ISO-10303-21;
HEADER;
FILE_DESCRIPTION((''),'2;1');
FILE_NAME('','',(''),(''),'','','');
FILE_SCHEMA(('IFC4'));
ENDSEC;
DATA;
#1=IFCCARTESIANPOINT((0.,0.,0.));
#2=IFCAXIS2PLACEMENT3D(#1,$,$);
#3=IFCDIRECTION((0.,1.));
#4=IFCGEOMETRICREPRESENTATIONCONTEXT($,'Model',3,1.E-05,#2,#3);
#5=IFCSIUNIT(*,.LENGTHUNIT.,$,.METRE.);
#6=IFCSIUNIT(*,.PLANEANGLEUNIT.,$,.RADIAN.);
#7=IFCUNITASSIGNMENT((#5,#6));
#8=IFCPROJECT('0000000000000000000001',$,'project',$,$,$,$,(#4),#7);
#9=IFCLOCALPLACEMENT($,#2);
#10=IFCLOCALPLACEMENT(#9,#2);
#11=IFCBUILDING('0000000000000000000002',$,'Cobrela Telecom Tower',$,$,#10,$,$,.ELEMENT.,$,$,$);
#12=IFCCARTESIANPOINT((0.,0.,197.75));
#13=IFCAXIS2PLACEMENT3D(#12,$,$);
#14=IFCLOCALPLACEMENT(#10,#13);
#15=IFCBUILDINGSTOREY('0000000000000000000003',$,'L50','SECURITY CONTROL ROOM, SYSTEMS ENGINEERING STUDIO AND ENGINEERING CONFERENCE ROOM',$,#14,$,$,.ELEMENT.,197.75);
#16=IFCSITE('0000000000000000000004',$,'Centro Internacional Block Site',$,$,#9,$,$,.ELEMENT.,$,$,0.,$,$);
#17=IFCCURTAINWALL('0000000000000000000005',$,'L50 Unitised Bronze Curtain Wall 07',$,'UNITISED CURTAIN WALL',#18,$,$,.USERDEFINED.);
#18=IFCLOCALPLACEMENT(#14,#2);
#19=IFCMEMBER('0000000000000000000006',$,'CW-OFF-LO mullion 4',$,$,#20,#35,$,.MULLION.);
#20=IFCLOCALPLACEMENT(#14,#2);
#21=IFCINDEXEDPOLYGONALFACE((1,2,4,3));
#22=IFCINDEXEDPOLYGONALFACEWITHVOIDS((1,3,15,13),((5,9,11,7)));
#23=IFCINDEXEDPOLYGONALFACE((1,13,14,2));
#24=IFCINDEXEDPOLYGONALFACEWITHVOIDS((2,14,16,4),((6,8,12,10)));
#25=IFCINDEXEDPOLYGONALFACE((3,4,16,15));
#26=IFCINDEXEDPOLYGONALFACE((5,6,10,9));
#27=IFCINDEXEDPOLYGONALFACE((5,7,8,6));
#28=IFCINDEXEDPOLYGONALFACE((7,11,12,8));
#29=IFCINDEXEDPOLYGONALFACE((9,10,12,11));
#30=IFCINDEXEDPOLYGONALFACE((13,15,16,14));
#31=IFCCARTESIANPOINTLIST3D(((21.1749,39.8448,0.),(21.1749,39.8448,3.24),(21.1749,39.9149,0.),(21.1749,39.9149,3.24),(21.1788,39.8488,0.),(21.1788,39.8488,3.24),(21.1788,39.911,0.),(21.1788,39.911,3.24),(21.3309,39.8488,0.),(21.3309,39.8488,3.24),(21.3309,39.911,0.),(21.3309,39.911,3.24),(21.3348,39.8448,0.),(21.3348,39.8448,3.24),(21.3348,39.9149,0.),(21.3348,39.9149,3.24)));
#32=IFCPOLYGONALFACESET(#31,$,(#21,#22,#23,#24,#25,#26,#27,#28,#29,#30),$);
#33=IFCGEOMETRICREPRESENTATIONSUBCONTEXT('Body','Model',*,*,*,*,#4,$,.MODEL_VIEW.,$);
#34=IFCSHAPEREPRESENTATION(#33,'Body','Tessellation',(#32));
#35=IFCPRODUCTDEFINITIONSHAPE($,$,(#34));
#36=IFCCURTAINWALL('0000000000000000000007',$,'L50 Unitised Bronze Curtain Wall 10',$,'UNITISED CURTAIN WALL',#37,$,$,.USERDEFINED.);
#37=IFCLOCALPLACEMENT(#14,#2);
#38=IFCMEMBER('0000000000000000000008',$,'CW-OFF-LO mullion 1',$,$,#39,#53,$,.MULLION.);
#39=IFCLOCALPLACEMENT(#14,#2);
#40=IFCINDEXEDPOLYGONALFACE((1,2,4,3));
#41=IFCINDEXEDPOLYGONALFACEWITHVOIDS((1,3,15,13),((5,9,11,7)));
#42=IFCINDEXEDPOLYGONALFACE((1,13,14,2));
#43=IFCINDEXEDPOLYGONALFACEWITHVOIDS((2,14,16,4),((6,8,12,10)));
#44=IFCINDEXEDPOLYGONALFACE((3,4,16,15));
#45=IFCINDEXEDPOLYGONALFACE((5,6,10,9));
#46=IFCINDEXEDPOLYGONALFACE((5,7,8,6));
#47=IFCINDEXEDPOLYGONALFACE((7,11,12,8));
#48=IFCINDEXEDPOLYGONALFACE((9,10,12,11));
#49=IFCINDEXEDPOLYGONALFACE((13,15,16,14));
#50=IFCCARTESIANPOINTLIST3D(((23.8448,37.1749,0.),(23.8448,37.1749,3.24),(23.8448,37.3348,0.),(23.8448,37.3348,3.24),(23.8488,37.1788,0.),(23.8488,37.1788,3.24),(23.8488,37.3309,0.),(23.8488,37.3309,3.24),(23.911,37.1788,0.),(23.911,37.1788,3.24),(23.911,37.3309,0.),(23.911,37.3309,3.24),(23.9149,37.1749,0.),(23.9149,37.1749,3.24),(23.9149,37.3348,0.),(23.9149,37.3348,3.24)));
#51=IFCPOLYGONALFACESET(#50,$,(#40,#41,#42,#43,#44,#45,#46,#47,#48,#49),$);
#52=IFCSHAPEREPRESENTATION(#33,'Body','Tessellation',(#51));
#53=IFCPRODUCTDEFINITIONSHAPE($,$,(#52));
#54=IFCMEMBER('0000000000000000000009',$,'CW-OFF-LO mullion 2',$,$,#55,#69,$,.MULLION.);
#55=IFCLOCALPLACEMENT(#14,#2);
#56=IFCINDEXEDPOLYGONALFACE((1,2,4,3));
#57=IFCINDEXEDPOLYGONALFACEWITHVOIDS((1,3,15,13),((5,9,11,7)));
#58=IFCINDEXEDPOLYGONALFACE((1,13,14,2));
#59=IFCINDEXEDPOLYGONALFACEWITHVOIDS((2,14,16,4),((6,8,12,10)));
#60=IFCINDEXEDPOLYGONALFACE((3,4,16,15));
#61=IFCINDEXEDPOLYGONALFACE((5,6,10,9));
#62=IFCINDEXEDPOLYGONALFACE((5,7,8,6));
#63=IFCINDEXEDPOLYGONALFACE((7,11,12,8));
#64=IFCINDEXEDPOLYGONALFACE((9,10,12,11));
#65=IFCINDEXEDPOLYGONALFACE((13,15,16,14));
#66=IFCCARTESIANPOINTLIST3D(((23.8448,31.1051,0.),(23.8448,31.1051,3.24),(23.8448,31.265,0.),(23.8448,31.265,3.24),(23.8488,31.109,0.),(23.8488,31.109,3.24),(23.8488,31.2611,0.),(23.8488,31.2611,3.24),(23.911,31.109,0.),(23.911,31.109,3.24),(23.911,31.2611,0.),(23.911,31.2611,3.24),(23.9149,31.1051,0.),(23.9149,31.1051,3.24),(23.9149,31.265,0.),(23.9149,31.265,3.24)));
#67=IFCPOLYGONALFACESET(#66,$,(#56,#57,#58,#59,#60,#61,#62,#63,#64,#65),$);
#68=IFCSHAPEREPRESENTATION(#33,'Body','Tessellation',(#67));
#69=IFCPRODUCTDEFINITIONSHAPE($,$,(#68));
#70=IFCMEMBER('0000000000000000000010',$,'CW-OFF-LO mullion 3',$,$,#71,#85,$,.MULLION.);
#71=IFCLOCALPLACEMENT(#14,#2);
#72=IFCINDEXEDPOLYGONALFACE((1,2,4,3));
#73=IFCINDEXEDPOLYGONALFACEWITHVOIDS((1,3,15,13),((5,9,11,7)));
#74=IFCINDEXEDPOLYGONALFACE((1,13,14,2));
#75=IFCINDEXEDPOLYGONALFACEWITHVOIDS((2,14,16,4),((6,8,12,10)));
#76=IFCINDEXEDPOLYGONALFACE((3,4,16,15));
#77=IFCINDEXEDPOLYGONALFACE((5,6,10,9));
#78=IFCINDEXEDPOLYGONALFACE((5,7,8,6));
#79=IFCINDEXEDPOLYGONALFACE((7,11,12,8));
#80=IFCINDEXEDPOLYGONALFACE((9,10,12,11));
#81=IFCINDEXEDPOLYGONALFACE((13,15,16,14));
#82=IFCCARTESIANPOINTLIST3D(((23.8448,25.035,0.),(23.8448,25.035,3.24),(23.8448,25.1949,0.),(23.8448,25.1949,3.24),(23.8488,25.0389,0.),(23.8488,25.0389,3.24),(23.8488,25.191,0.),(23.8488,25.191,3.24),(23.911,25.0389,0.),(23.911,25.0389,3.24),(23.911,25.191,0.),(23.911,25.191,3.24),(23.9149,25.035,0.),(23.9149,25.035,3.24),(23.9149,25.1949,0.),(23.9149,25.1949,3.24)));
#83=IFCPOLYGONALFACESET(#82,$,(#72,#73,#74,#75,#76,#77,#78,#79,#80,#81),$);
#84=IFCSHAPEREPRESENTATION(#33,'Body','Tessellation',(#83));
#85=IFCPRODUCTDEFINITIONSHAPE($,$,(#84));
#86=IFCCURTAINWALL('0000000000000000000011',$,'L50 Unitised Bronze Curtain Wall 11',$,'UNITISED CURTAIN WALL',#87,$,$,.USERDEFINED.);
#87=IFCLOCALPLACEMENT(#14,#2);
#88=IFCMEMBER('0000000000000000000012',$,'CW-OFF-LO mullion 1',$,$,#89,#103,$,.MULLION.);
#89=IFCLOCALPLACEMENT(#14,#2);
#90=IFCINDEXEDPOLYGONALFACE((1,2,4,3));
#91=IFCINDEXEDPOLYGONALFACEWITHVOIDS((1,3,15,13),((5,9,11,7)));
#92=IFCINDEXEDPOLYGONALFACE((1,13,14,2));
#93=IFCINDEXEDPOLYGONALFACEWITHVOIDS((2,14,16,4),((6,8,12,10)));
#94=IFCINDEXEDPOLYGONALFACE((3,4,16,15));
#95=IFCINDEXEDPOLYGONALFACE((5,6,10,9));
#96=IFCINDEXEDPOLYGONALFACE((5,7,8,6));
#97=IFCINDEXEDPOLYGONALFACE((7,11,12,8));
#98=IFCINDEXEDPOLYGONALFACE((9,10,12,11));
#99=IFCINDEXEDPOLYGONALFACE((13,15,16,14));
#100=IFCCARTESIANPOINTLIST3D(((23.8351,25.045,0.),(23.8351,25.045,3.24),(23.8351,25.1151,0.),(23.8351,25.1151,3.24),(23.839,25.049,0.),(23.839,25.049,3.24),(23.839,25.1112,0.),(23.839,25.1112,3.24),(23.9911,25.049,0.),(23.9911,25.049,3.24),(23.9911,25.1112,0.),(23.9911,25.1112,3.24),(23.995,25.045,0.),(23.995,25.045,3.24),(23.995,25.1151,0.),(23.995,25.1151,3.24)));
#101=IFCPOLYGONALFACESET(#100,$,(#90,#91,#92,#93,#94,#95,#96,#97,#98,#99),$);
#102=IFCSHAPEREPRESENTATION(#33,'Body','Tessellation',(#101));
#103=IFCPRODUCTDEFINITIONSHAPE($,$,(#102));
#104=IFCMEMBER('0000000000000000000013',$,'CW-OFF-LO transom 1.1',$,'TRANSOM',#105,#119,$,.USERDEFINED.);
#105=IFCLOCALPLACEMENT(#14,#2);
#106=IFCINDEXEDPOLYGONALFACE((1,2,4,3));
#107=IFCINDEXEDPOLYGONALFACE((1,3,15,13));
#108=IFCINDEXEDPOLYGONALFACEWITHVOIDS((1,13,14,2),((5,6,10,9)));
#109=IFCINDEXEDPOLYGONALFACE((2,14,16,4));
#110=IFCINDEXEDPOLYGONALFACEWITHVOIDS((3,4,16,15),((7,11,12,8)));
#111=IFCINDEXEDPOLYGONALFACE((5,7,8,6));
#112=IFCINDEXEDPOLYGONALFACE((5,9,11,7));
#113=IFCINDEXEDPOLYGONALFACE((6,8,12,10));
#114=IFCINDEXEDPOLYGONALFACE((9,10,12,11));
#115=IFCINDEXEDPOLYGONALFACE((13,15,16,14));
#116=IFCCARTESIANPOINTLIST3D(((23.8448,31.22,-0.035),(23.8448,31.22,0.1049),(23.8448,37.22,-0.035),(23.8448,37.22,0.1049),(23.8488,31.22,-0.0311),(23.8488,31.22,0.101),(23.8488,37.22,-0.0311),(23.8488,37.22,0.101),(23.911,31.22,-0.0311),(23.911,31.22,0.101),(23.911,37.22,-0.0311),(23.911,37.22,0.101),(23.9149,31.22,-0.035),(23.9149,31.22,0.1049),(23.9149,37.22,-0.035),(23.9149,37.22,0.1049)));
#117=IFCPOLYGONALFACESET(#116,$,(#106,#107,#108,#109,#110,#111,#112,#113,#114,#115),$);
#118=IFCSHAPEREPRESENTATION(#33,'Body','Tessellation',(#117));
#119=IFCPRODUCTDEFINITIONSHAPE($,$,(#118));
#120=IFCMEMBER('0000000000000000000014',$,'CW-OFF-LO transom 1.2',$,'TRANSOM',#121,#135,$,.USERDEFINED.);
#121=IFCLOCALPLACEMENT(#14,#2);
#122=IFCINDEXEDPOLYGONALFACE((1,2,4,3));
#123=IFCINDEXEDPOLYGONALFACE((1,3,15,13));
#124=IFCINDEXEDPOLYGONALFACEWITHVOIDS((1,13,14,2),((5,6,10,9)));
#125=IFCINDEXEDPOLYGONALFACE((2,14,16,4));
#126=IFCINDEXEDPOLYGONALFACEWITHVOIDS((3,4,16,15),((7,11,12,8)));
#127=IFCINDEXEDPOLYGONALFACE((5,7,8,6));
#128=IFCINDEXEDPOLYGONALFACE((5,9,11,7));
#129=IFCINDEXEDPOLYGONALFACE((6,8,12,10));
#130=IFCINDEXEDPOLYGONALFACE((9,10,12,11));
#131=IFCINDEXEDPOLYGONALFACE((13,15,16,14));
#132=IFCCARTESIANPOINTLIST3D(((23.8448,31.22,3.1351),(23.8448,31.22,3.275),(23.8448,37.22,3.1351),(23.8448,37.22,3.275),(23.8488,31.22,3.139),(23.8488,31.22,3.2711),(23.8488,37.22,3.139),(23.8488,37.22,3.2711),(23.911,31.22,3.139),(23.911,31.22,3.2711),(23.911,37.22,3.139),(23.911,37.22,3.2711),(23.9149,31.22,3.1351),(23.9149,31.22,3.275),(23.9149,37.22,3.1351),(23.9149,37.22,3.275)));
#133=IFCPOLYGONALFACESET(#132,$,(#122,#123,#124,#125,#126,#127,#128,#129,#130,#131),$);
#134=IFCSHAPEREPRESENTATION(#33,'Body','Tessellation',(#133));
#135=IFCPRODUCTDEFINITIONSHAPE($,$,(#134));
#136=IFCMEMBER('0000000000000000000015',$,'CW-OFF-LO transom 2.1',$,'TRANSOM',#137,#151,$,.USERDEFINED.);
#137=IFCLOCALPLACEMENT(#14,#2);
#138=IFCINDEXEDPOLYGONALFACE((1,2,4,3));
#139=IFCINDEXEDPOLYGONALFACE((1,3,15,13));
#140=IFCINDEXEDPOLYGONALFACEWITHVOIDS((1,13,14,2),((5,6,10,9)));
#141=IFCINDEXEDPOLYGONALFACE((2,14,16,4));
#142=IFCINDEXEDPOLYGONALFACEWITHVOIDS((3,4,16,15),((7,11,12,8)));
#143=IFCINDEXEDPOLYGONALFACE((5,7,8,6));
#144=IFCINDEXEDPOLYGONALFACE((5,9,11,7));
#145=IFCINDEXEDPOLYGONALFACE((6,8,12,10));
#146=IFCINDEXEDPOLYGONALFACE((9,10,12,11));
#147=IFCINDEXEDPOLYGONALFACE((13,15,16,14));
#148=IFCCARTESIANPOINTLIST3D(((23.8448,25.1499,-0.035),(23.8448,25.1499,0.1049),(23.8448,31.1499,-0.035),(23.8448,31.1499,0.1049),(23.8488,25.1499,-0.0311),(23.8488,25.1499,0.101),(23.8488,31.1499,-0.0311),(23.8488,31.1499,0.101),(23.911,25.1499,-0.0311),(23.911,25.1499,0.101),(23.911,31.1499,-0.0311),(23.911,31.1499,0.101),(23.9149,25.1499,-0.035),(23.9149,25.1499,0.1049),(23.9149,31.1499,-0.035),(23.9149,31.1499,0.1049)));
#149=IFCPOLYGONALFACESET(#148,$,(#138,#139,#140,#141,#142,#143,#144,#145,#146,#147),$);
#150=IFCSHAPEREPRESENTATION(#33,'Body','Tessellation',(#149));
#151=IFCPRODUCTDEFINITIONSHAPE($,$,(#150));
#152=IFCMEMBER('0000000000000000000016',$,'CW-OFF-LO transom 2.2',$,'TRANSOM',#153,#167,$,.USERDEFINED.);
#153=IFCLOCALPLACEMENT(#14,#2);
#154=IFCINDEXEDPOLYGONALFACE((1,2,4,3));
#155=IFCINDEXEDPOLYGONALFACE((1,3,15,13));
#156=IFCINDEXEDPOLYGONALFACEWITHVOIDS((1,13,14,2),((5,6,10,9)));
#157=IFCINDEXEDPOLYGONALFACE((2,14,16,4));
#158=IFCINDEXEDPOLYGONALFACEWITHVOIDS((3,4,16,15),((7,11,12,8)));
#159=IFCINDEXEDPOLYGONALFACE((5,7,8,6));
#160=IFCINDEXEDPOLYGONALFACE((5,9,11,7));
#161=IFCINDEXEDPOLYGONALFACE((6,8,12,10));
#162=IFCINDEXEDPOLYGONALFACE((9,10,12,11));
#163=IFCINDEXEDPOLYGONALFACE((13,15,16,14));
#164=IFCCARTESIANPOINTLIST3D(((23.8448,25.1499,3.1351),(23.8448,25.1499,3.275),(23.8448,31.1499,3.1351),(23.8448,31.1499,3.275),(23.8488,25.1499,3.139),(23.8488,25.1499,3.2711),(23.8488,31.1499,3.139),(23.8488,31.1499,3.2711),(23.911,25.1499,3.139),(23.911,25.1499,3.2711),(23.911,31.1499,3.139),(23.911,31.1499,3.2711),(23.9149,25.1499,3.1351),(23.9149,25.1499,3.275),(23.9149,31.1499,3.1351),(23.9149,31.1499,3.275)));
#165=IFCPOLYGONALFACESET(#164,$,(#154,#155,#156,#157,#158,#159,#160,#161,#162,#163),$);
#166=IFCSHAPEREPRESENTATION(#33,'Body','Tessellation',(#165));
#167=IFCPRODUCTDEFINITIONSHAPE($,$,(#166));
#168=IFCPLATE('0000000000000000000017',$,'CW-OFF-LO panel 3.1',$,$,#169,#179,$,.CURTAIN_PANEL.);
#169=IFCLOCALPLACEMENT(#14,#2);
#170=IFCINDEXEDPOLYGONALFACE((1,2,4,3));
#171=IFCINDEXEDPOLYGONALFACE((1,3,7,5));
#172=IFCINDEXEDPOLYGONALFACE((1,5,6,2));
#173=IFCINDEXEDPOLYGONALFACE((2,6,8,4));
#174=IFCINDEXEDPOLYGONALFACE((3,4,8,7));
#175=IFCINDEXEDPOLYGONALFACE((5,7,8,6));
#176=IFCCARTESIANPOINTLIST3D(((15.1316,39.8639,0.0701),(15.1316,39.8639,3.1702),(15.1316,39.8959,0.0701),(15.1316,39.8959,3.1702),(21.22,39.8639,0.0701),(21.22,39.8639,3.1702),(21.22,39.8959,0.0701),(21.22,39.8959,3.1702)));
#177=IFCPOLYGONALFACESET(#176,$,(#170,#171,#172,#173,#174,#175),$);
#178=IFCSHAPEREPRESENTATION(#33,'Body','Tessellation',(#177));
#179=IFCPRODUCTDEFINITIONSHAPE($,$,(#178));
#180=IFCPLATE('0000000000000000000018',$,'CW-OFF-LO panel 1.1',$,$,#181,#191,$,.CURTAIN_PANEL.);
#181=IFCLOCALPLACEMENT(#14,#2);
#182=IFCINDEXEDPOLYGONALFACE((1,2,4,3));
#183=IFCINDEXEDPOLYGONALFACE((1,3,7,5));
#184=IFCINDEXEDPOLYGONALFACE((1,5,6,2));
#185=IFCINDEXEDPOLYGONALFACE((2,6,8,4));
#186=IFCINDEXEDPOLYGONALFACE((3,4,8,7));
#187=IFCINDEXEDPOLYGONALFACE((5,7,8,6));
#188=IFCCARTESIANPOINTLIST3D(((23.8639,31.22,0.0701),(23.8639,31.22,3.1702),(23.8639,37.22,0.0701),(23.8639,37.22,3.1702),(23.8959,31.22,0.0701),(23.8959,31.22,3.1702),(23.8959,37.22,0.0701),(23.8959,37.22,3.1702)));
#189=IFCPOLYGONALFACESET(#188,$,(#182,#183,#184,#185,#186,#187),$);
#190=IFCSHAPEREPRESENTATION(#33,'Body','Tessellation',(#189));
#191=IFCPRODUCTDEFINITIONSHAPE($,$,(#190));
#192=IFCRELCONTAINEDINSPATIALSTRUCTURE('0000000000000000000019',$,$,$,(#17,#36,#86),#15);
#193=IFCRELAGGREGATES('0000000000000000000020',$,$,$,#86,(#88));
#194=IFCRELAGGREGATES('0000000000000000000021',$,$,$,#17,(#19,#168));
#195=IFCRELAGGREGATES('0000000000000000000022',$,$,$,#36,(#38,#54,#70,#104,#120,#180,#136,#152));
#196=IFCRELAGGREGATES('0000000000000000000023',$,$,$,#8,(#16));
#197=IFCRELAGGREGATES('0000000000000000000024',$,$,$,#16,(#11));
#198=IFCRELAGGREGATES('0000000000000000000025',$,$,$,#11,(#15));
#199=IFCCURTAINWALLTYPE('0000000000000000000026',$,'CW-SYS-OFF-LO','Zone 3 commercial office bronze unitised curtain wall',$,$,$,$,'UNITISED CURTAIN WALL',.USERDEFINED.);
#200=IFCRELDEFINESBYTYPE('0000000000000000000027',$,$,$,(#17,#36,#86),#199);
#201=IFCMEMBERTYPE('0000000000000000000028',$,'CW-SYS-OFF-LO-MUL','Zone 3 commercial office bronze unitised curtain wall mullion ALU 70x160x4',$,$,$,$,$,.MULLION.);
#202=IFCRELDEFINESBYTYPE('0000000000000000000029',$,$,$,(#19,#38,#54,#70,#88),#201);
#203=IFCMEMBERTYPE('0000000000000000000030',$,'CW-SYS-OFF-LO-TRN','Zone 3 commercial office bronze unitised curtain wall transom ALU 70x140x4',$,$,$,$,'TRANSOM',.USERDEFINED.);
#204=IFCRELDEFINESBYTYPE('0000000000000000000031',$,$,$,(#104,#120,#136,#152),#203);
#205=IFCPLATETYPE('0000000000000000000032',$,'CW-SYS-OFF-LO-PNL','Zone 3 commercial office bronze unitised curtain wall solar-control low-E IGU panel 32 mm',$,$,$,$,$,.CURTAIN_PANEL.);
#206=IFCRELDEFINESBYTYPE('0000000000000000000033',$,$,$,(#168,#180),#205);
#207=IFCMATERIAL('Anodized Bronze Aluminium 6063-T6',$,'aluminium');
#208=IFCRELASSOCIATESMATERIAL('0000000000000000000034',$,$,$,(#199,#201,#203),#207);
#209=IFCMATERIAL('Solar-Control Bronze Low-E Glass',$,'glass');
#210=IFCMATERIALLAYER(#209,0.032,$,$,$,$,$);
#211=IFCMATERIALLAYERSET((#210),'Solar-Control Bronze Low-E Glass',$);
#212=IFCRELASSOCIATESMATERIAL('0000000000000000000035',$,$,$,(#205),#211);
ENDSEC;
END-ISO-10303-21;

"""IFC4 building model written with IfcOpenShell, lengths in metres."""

from ifc_helpers import new_model, si_unit, direction, frame, origin, origin_2d, place, context, subcontext, project, spatial, rectangle, hollow_rectangle, extrude, material, layer, layer_set, material_profile, profile_set, type_object, element, aggregate, save


model = new_model("IFC4")

# Units and contexts
model_context = context("Model", 3, precision=1e-05, world=origin(), true_north=direction((0.0, 1.0)))
body_context = subcontext(model_context, "Body", "Model", "MODEL_VIEW")
ifc_project = project(units=[si_unit("LENGTHUNIT", "METRE"), si_unit("PLANEANGLEUNIT", "RADIAN")], contexts=[model_context])

# Site, building, storey
site_placement = place(None, origin())
site = spatial("IfcSite", under=ifc_project, at=site_placement, Name="Centro Internacional Block Site", CompositionType="ELEMENT", RefElevation=0.0)
building_placement = place(site_placement, origin())
building = spatial("IfcBuilding", under=site, at=building_placement, Name="Cobrela Telecom Tower", CompositionType="ELEMENT")
storey_placement = place(building_placement, frame((0.0, 0.0, 197.75)))
storey = spatial("IfcBuildingStorey", under=building, at=storey_placement, Name="L50", Description="SECURITY CONTROL ROOM, SYSTEMS ENGINEERING STUDIO AND ENGINEERING CONFERENCE ROOM", CompositionType="ELEMENT", Elevation=197.75)

# Curtain wall, member
ifc_material_1 = material(Name="Anodized Bronze Aluminium 6063-T6", Category="aluminium")
curtain_wall_type = type_object("IfcCurtainWallType", Name="CW-SYS-OFF-LO", Description="Zone 3 commercial office bronze unitised curtain wall", ElementType="UNITISED CURTAIN WALL", PredefinedType="USERDEFINED", material=ifc_material_1)
curtain_wall_1_placement = place(storey_placement, origin())
curtain_wall_1 = element("IfcCurtainWall", 1, at=curtain_wall_1_placement, inside=storey, type_object=curtain_wall_type, Name="L50 Unitised Bronze Curtain Wall 07", ObjectType="UNITISED CURTAIN WALL", PredefinedType="USERDEFINED")
ifc_material_profile_1 = material_profile(ifc_material_1, hollow_rectangle(XDim=0.0701, YDim=0.1599, WallThickness=0.0039, at=origin_2d()), Name="ALU 70x160x4")
ifc_profile_set_1 = profile_set([ifc_material_profile_1], Name="Anodized Bronze Aluminium 6063-T6")
member_type_1 = type_object("IfcMemberType", Name="CW-SYS-OFF-LO-MUL", Description="Zone 3 commercial office bronze unitised curtain wall mullion ALU 70x160x4", PredefinedType="MULLION", material=ifc_profile_set_1)
member_1_placement = place(storey_placement, frame((21.2549, 39.8799, 0.0), z_axis=(0.0, 0.0, 1.0), x_axis=(0.0, 1.0, 0.0)))
member_1 = element("IfcMember", 2, at=member_1_placement, type_object=member_type_1, Name="CW-OFF-LO mullion 4", PredefinedType="MULLION", context=body_context, shape_type="SweptSolid", body=[
    extrude(hollow_rectangle(XDim=0.0701, YDim=0.1599, WallThickness=0.0039, at=origin_2d()), origin(), (0.0, 0.0, 1.0), 3.24),
])

# Curtain wall, members
curtain_wall_2_placement = place(storey_placement, origin())
curtain_wall_2 = element("IfcCurtainWall", 3, at=curtain_wall_2_placement, inside=storey, type_object=curtain_wall_type, Name="L50 Unitised Bronze Curtain Wall 10", ObjectType="UNITISED CURTAIN WALL", PredefinedType="USERDEFINED")
member_2_placement = place(storey_placement, frame((23.8799, 37.2549, 0.0), z_axis=(0.0, 0.0, 1.0), x_axis=(1.0, 0.0, 0.0)))
member_2 = element("IfcMember", 4, at=member_2_placement, type_object=member_type_1, Name="CW-OFF-LO mullion 1", PredefinedType="MULLION", context=body_context, shape_type="SweptSolid", body=[
    extrude(hollow_rectangle(XDim=0.0701, YDim=0.1599, WallThickness=0.0039, at=origin_2d()), origin(), (0.0, 0.0, 1.0), 3.24),
])
member_3_placement = place(storey_placement, frame((23.8799, 31.1851, 0.0), z_axis=(0.0, 0.0, 1.0), x_axis=(1.0, 0.0, 0.0)))
member_3 = element("IfcMember", 5, at=member_3_placement, type_object=member_type_1, Name="CW-OFF-LO mullion 2", PredefinedType="MULLION", context=body_context, shape_type="SweptSolid", body=[
    extrude(hollow_rectangle(XDim=0.0701, YDim=0.1599, WallThickness=0.0039, at=origin_2d()), origin(), (0.0, 0.0, 1.0), 3.24),
])
member_4_placement = place(storey_placement, frame((23.8799, 25.115, 0.0), z_axis=(0.0, 0.0, 1.0), x_axis=(1.0, 0.0, 0.0)))
member_4 = element("IfcMember", 6, at=member_4_placement, type_object=member_type_1, Name="CW-OFF-LO mullion 3", PredefinedType="MULLION", context=body_context, shape_type="SweptSolid", body=[
    extrude(hollow_rectangle(XDim=0.0701, YDim=0.1599, WallThickness=0.0039, at=origin_2d()), origin(), (0.0, 0.0, 1.0), 3.24),
])

# Curtain wall, member
curtain_wall_3_placement = place(storey_placement, origin())
curtain_wall_3 = element("IfcCurtainWall", 7, at=curtain_wall_3_placement, inside=storey, type_object=curtain_wall_type, Name="L50 Unitised Bronze Curtain Wall 11", ObjectType="UNITISED CURTAIN WALL", PredefinedType="USERDEFINED")
member_5_placement = place(storey_placement, frame((23.915, 25.0801, 0.0), z_axis=(0.0, 0.0, 1.0), x_axis=(0.0, 1.0, 0.0)))
member_5 = element("IfcMember", 8, at=member_5_placement, type_object=member_type_1, Name="CW-OFF-LO mullion 1", PredefinedType="MULLION", context=body_context, shape_type="SweptSolid", body=[
    extrude(hollow_rectangle(XDim=0.0701, YDim=0.1599, WallThickness=0.0039, at=origin_2d()), origin(), (0.0, 0.0, 1.0), 3.24),
])
aggregate(curtain_wall_3, [member_5])

# Members
ifc_material_profile_2 = material_profile(ifc_material_1, hollow_rectangle(XDim=0.0701, YDim=0.1399, WallThickness=0.0039, at=origin_2d()), Name="ALU 70x140x4")
ifc_profile_set_2 = profile_set([ifc_material_profile_2], Name="Anodized Bronze Aluminium 6063-T6")
member_type_2 = type_object("IfcMemberType", Name="CW-SYS-OFF-LO-TRN", Description="Zone 3 commercial office bronze unitised curtain wall transom ALU 70x140x4", ElementType="TRANSOM", PredefinedType="USERDEFINED", material=ifc_profile_set_2)
member_6_placement = place(storey_placement, frame((23.8799, 37.22, 0.0349), z_axis=(0.0, -1.0, 0.0), x_axis=(1.0, 0.0, 0.0)))
member_6 = element("IfcMember", 9, at=member_6_placement, type_object=member_type_2, Name="CW-OFF-LO transom 1.1", ObjectType="TRANSOM", PredefinedType="USERDEFINED", context=body_context, shape_type="SweptSolid", body=[
    extrude(hollow_rectangle(XDim=0.0701, YDim=0.1399, WallThickness=0.0039, at=origin_2d()), origin(), (0.0, 0.0, 1.0), 6.0),
])
member_7_placement = place(storey_placement, frame((23.8799, 37.22, 3.2051), z_axis=(0.0, -1.0, 0.0), x_axis=(1.0, 0.0, 0.0)))
member_7 = element("IfcMember", 10, at=member_7_placement, type_object=member_type_2, Name="CW-OFF-LO transom 1.2", ObjectType="TRANSOM", PredefinedType="USERDEFINED", context=body_context, shape_type="SweptSolid", body=[
    extrude(hollow_rectangle(XDim=0.0701, YDim=0.1399, WallThickness=0.0039, at=origin_2d()), origin(), (0.0, 0.0, 1.0), 6.0),
])
member_8_placement = place(storey_placement, frame((23.8799, 31.1499, 0.0349), z_axis=(0.0, -1.0, 0.0), x_axis=(1.0, 0.0, 0.0)))
member_8 = element("IfcMember", 11, at=member_8_placement, type_object=member_type_2, Name="CW-OFF-LO transom 2.1", ObjectType="TRANSOM", PredefinedType="USERDEFINED", context=body_context, shape_type="SweptSolid", body=[
    extrude(hollow_rectangle(XDim=0.0701, YDim=0.1399, WallThickness=0.0039, at=origin_2d()), origin(), (0.0, 0.0, 1.0), 6.0),
])
member_9_placement = place(storey_placement, frame((23.8799, 31.1499, 3.2051), z_axis=(0.0, -1.0, 0.0), x_axis=(1.0, 0.0, 0.0)))
member_9 = element("IfcMember", 12, at=member_9_placement, type_object=member_type_2, Name="CW-OFF-LO transom 2.2", ObjectType="TRANSOM", PredefinedType="USERDEFINED", context=body_context, shape_type="SweptSolid", body=[
    extrude(hollow_rectangle(XDim=0.0701, YDim=0.1399, WallThickness=0.0039, at=origin_2d()), origin(), (0.0, 0.0, 1.0), 6.0),
])

# Plates
ifc_material_2 = material(Name="Solar-Control Bronze Low-E Glass", Category="glass")
ifc_layer_1 = layer(ifc_material_2, 0.032)
ifc_layer_set_1 = layer_set([ifc_layer_1], Name="Solar-Control Bronze Low-E Glass")
plate_type = type_object("IfcPlateType", Name="CW-SYS-OFF-LO-PNL", Description="Zone 3 commercial office bronze unitised curtain wall solar-control low-E IGU panel 32 mm", PredefinedType="CURTAIN_PANEL", material=ifc_layer_set_1)
plate_1_placement = place(storey_placement, frame((18.1758, 39.8799, 0.0701), z_axis=(0.0, 0.0, 1.0), x_axis=(1.0, 0.0, 0.0)))
plate_1 = element("IfcPlate", 13, at=plate_1_placement, type_object=plate_type, Name="CW-OFF-LO panel 3.1", PredefinedType="CURTAIN_PANEL", context=body_context, shape_type="SweptSolid", body=[
    extrude(rectangle(XDim=6.0884, YDim=0.032, at=origin_2d()), origin(), (0.0, 0.0, 1.0), 3.1001),
])
aggregate(curtain_wall_1, [member_1, plate_1])
plate_2_placement = place(storey_placement, frame((23.8799, 34.22, 0.0701), z_axis=(0.0, 0.0, 1.0), x_axis=(0.0, -1.0, 0.0)))
plate_2 = element("IfcPlate", 14, at=plate_2_placement, type_object=plate_type, Name="CW-OFF-LO panel 1.1", PredefinedType="CURTAIN_PANEL", context=body_context, shape_type="SweptSolid", body=[
    extrude(rectangle(XDim=6.0, YDim=0.032, at=origin_2d()), origin(), (0.0, 0.0, 1.0), 3.1001),
])
aggregate(curtain_wall_2, [member_2, member_3, member_4, member_6, member_7, plate_2, member_8, member_9])

save(model, "model.ifc")
